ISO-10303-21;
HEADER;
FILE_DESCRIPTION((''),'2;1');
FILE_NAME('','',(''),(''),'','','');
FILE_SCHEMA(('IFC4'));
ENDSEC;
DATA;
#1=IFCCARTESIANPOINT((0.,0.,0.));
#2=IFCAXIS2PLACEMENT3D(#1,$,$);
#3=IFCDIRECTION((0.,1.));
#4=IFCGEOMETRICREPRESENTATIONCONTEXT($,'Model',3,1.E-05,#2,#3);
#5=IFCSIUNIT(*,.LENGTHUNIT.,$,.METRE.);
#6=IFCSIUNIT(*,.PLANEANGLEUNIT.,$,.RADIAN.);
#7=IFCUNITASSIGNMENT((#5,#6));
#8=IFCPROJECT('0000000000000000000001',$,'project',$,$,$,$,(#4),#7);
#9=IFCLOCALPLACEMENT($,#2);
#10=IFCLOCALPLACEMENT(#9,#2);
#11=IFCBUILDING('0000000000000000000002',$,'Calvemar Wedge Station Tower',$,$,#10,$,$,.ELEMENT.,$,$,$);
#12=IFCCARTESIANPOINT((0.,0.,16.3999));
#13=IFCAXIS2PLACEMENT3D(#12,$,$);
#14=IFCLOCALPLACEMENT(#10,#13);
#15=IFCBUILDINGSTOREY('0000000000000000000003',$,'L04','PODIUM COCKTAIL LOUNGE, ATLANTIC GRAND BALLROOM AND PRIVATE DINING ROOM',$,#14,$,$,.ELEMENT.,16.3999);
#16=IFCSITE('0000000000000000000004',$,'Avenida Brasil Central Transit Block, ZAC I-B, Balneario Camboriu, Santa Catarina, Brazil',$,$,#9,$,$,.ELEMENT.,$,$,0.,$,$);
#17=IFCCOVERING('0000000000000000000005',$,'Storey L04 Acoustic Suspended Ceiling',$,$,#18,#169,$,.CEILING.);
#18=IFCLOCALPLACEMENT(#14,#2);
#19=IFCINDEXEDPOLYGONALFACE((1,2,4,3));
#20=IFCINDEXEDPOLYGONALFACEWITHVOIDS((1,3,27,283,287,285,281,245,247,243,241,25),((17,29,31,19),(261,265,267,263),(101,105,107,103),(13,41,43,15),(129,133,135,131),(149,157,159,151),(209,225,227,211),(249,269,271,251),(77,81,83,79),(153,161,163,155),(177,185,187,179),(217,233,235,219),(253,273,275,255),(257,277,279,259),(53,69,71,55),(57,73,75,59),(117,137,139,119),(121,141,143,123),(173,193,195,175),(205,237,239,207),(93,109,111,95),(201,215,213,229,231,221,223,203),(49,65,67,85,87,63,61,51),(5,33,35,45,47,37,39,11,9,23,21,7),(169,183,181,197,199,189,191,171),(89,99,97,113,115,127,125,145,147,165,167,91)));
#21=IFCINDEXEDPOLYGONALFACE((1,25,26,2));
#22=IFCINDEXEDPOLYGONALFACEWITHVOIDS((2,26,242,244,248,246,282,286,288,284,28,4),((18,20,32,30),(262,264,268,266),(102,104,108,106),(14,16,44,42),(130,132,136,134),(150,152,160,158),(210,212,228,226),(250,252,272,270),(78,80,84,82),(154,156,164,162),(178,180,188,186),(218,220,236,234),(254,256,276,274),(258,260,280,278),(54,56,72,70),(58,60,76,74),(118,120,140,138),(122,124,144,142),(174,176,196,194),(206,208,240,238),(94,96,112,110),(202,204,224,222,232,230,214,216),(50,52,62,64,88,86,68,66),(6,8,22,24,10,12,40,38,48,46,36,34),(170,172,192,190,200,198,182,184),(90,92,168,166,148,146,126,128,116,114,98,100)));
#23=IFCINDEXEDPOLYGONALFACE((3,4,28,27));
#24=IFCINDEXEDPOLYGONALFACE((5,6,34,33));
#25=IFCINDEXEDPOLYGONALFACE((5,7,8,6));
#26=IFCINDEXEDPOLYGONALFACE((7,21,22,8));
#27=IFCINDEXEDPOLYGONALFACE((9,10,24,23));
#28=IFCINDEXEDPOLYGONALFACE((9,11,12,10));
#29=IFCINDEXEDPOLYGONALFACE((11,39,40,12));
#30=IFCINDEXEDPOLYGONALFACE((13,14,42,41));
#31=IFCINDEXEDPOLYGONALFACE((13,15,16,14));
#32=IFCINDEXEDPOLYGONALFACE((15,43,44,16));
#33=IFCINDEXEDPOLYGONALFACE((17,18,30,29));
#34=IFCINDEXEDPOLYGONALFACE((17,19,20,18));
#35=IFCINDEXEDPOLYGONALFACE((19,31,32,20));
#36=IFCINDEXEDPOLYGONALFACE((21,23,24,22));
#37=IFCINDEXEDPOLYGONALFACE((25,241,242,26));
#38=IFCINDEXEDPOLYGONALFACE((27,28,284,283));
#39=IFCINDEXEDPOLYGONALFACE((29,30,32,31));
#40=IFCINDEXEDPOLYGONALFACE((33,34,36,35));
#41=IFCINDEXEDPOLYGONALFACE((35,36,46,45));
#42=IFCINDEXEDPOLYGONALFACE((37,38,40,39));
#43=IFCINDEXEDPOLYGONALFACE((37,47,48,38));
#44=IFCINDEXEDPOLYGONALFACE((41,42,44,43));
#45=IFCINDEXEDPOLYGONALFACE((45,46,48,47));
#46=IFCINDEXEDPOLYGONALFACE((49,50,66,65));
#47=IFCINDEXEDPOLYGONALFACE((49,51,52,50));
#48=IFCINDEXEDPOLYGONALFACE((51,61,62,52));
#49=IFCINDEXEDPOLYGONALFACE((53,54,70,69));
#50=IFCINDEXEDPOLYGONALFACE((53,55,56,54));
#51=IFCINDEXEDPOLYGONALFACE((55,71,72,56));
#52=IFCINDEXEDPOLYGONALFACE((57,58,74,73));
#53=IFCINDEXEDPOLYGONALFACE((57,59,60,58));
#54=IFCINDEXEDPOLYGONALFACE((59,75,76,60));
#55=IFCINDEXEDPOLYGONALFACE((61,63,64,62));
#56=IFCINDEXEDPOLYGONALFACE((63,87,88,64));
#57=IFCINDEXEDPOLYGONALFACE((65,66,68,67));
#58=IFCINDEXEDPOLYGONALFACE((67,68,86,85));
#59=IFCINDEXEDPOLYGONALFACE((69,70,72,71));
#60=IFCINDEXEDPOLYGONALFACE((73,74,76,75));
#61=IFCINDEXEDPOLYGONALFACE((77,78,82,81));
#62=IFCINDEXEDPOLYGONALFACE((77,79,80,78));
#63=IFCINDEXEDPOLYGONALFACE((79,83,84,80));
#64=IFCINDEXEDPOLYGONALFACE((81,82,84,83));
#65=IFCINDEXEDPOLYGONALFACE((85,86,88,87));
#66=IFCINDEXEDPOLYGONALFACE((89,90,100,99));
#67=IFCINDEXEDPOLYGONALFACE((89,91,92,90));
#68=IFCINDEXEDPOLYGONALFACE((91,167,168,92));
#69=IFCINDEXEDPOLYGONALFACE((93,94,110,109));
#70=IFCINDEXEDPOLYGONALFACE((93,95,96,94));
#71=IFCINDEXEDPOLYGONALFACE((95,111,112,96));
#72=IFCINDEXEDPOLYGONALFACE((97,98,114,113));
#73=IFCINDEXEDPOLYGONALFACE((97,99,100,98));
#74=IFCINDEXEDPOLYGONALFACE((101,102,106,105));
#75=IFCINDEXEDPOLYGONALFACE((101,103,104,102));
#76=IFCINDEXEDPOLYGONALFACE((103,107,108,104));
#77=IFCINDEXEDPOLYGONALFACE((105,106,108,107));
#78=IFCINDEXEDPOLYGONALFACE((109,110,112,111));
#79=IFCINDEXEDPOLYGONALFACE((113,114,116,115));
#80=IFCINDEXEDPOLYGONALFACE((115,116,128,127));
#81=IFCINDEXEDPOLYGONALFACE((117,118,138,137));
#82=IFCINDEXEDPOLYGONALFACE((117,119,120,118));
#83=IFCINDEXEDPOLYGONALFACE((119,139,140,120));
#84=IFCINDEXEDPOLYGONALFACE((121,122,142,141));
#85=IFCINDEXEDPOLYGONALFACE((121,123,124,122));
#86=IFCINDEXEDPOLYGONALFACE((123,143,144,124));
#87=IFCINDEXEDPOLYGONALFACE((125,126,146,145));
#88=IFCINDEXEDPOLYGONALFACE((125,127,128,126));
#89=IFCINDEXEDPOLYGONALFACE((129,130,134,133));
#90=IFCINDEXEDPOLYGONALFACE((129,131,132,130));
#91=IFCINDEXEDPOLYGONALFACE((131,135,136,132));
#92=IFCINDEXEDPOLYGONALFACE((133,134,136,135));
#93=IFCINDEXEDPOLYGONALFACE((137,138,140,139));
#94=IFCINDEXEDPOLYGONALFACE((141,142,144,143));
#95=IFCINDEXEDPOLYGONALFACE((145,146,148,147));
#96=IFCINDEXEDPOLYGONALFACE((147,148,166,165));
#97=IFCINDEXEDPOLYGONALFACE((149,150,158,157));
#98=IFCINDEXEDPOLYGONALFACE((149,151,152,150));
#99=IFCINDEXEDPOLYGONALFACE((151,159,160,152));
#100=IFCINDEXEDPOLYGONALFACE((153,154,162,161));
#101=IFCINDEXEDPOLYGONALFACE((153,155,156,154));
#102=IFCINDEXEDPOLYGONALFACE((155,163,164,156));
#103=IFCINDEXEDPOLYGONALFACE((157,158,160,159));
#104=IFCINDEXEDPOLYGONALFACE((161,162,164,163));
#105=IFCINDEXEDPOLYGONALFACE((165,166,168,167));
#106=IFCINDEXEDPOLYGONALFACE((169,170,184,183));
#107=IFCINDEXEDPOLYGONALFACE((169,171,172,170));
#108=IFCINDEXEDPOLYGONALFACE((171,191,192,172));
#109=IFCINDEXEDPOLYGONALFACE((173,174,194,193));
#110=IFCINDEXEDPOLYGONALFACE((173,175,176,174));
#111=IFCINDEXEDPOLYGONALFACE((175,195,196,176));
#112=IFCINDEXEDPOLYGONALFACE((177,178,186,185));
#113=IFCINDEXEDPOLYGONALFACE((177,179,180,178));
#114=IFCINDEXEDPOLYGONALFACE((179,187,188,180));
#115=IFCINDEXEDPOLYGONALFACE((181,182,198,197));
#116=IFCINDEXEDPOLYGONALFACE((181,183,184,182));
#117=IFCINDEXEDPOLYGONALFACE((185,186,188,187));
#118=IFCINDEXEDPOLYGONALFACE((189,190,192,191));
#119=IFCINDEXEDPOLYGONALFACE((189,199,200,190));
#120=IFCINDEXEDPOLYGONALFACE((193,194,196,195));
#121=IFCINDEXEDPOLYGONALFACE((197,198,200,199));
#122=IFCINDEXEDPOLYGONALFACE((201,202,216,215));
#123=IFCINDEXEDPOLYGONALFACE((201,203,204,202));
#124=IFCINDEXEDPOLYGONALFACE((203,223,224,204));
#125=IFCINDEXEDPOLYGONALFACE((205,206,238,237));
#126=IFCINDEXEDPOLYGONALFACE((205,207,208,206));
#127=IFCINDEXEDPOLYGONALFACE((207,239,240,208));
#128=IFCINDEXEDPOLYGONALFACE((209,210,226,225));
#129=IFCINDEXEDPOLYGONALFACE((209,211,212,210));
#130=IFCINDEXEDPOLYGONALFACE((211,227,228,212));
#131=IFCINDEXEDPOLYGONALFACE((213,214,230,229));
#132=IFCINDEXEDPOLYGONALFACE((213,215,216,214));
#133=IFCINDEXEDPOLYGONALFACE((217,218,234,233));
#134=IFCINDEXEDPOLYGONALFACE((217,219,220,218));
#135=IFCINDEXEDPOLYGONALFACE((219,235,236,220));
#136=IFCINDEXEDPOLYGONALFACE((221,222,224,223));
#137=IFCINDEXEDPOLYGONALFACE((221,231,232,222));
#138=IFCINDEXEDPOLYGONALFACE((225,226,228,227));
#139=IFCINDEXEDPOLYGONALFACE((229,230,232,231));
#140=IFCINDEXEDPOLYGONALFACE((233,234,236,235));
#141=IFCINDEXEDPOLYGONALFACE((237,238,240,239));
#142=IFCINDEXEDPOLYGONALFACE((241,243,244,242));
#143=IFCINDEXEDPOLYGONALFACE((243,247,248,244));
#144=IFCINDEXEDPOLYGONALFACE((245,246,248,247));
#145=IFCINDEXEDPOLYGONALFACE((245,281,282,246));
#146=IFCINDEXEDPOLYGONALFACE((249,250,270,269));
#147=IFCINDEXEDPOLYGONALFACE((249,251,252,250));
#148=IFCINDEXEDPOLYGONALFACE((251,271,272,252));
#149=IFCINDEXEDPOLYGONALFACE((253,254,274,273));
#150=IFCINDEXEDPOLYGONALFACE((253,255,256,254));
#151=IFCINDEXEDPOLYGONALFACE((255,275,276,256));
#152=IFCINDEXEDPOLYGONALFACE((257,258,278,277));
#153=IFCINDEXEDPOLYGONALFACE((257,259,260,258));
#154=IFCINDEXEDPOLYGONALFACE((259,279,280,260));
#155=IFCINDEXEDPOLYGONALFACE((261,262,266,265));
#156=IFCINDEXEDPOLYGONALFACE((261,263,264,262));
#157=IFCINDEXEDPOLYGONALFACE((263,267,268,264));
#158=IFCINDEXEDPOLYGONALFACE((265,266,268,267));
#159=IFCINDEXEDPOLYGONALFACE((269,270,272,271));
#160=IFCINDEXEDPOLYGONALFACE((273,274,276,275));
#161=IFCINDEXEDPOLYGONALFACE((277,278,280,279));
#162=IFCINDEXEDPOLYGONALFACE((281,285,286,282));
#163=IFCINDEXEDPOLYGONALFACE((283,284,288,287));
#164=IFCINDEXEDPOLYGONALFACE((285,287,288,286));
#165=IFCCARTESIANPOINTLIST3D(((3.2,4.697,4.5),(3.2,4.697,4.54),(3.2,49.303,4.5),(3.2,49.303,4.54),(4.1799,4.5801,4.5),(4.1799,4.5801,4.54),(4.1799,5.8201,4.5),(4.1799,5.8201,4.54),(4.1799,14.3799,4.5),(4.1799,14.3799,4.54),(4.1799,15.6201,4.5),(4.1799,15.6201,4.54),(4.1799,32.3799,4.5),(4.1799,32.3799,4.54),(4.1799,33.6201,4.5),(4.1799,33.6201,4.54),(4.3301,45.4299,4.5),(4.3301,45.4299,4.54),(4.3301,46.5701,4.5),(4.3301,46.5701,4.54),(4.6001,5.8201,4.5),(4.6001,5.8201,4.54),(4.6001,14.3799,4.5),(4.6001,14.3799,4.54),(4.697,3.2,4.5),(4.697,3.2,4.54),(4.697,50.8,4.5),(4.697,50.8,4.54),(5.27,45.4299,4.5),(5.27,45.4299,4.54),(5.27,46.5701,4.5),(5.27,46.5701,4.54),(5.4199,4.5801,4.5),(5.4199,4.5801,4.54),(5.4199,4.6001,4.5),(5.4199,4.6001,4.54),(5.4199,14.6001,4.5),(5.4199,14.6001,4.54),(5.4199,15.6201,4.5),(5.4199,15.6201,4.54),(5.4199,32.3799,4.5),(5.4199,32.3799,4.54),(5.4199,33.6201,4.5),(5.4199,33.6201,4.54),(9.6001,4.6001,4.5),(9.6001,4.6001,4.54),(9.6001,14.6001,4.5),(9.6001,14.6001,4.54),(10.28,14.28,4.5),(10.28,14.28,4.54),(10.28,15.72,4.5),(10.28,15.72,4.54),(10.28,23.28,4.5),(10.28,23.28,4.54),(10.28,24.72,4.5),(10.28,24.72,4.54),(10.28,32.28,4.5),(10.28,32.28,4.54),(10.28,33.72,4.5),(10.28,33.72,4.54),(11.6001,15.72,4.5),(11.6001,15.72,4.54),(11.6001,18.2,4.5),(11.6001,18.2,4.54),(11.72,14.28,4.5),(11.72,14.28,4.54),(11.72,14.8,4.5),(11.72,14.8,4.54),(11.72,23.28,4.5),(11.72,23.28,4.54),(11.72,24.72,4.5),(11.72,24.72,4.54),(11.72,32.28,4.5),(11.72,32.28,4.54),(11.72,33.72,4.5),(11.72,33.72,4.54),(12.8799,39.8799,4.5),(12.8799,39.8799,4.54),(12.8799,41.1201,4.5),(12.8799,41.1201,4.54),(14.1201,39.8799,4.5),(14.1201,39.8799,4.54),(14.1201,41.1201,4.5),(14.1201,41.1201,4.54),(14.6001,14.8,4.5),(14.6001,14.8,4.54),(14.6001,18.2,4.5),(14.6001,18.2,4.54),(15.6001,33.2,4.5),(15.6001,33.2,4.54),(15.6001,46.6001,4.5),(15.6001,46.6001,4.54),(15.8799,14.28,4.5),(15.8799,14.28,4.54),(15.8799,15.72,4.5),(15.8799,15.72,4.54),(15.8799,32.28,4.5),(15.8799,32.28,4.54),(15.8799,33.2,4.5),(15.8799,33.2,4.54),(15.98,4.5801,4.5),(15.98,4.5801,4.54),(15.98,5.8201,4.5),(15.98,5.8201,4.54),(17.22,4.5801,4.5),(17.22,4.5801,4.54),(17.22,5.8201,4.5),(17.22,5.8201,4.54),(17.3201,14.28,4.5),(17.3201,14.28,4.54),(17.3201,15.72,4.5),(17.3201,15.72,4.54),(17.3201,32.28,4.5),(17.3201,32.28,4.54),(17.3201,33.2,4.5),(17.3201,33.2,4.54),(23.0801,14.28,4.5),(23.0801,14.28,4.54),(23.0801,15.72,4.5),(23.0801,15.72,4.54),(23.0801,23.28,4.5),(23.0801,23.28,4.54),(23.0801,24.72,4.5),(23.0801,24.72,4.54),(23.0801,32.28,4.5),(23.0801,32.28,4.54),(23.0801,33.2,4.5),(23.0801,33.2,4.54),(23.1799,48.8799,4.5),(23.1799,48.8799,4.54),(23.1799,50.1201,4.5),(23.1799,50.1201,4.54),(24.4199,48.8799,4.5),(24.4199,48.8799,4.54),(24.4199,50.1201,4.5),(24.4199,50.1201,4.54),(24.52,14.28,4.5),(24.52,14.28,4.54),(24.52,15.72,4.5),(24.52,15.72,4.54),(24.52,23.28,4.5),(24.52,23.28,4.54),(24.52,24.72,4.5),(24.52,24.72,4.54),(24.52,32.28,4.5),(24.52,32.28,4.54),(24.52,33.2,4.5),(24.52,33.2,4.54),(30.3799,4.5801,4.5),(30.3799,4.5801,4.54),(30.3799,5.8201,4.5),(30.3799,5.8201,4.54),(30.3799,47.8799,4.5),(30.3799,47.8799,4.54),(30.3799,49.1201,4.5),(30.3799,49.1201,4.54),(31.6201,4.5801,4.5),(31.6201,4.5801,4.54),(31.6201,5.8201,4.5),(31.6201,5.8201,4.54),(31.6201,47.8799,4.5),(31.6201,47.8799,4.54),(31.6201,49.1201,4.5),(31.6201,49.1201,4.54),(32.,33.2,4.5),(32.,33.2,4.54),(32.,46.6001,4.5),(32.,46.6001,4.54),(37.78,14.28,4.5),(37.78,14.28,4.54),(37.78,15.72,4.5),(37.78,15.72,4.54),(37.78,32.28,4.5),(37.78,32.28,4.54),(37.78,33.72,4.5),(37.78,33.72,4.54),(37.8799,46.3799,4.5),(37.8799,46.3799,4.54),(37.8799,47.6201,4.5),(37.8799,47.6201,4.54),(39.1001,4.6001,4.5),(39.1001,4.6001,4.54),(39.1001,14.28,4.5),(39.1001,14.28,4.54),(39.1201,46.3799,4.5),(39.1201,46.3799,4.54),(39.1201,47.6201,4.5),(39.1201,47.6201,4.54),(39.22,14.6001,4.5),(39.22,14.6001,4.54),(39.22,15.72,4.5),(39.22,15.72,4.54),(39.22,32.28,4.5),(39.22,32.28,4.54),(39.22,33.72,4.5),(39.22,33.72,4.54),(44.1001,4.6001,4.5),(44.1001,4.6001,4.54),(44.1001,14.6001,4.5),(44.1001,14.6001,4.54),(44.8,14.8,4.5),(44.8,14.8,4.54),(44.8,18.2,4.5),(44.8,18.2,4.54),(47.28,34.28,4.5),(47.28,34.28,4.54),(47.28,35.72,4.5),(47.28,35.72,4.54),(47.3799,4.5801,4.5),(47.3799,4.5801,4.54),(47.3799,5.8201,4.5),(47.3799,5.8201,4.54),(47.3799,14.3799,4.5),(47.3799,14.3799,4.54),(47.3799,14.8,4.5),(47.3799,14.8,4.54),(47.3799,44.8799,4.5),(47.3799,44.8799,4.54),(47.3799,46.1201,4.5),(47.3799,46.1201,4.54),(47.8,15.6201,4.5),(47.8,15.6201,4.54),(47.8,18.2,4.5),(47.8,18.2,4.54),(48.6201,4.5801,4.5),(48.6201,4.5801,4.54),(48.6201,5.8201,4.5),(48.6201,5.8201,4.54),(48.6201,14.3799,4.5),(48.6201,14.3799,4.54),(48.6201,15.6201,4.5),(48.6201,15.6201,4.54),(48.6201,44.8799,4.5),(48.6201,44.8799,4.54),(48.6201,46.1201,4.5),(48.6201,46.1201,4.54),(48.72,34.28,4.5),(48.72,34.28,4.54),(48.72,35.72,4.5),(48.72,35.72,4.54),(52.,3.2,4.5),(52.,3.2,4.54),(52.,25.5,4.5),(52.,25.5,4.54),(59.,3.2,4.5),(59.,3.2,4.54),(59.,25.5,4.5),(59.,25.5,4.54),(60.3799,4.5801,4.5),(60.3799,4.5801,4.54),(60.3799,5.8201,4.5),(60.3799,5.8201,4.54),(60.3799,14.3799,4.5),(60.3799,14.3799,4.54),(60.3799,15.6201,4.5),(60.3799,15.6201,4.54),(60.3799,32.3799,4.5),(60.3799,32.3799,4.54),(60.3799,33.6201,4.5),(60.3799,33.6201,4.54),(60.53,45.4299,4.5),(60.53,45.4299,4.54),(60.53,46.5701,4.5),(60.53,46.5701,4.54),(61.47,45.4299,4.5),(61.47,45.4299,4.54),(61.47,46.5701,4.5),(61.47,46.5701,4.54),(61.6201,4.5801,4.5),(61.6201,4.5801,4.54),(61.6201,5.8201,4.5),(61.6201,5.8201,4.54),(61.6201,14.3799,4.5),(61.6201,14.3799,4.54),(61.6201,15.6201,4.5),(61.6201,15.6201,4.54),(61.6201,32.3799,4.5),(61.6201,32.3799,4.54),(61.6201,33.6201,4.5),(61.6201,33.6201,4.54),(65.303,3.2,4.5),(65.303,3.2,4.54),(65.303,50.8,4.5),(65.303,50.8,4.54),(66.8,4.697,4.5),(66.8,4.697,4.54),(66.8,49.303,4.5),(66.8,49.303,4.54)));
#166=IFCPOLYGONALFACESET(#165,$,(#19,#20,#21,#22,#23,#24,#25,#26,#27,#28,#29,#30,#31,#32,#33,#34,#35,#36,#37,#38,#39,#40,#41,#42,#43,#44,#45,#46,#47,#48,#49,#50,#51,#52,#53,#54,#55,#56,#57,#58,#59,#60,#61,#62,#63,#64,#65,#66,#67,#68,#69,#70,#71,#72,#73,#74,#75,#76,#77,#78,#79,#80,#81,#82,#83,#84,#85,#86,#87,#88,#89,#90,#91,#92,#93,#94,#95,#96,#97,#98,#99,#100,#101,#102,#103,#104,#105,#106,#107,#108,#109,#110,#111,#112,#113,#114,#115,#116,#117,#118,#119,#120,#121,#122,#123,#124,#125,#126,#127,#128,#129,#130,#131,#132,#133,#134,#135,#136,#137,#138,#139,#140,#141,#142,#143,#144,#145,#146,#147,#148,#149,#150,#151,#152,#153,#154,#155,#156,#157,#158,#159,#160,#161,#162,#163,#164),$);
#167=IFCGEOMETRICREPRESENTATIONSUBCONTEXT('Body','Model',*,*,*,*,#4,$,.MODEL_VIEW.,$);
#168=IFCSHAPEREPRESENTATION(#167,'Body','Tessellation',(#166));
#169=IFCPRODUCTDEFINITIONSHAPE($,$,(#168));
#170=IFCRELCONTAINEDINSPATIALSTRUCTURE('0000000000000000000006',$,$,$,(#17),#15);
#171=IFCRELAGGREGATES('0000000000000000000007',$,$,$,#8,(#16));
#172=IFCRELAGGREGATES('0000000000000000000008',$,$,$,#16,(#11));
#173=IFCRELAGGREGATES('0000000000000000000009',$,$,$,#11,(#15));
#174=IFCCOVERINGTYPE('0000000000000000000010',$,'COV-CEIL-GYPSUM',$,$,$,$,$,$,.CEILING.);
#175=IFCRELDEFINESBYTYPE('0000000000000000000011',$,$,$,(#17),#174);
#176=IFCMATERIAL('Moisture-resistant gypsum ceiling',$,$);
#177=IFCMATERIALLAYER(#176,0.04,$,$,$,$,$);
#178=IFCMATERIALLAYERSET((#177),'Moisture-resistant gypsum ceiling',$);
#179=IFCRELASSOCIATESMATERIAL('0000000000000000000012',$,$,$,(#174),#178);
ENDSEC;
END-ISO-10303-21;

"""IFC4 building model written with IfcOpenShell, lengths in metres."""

from ifc_helpers import new_model, si_unit, direction, frame, origin, place, context, subcontext, project, spatial, polyline, outline, extrude, material, layer, layer_set, type_object, element, save


model = new_model("IFC4")

# Units and contexts
model_context = context("Model", 3, precision=1e-05, world=origin(), true_north=direction((0.0, 1.0)))
body_context = subcontext(model_context, "Body", "Model", "MODEL_VIEW")
ifc_project = project(units=[si_unit("LENGTHUNIT", "METRE"), si_unit("PLANEANGLEUNIT", "RADIAN")], contexts=[model_context])

# Site, building, storey
site_placement = place(None, origin())
site = spatial("IfcSite", under=ifc_project, at=site_placement, Name="Avenida Brasil Central Transit Block, ZAC I-B, Balneario Camboriu, Santa Catarina, Brazil", CompositionType="ELEMENT", RefElevation=0.0)
building_placement = place(site_placement, origin())
building = spatial("IfcBuilding", under=site, at=building_placement, Name="Calvemar Wedge Station Tower", CompositionType="ELEMENT")
storey_placement = place(building_placement, frame((0.0, 0.0, 16.3999)))
storey = spatial("IfcBuildingStorey", under=building, at=storey_placement, Name="L04", Description="PODIUM COCKTAIL LOUNGE, ATLANTIC GRAND BALLROOM AND PRIVATE DINING ROOM", CompositionType="ELEMENT", Elevation=16.3999)

# Covering
ifc_material_1 = material(Name="Moisture-resistant gypsum ceiling")
ifc_layer_1 = layer(ifc_material_1, 0.04)
ifc_layer_set_1 = layer_set([ifc_layer_1], Name="Moisture-resistant gypsum ceiling")
covering_type_1 = type_object("IfcCoveringType", Name="COV-CEIL-GYPSUM", PredefinedType="CEILING", material=ifc_layer_set_1)
covering_1_placement = place(storey_placement, frame((0.0, 0.0, 4.5)))
element("IfcCovering", 1, at=covering_1_placement, inside=storey, type_object=covering_type_1, Name="Storey L04 Acoustic Suspended Ceiling", PredefinedType="CEILING", context=body_context, shape_type="SweptSolid", body=[
    extrude(outline(polyline([(65.303, 50.8), (4.697, 50.8), (3.2, 49.303), (3.2, 4.697), (4.697, 3.2), (52.0, 3.2), (52.0, 25.5), (59.0, 25.5), (59.0, 3.2), (65.303, 3.2), (66.8, 4.697), (66.8, 49.303), (65.303, 50.8)]), holes=[polyline([(15.6001, 46.6001), (32.0, 46.6001), (32.0, 33.2), (24.52, 33.2), (24.52, 32.28), (23.0801, 32.28), (23.0801, 33.2), (17.3201, 33.2), (17.3201, 32.28), (15.8799, 32.28), (15.8799, 33.2), (15.6001, 33.2), (15.6001, 46.6001)]), polyline([(4.6001, 14.3799), (4.1799, 14.3799), (4.1799, 15.6201), (5.4199, 15.6201), (5.4199, 14.6001), (9.6001, 14.6001), (9.6001, 4.6001), (5.4199, 4.6001), (5.4199, 4.5801), (4.1799, 4.5801), (4.1799, 5.8201), (4.6001, 5.8201), (4.6001, 14.3799)]), polyline([(39.22, 14.6001), (44.1001, 14.6001), (44.1001, 4.6001), (39.1001, 4.6001), (39.1001, 14.28), (37.78, 14.28), (37.78, 15.72), (39.22, 15.72), (39.22, 14.6001)]), polyline([(11.72, 14.28), (10.28, 14.28), (10.28, 15.72), (11.6001, 15.72), (11.6001, 18.2), (14.6001, 18.2), (14.6001, 14.8), (11.72, 14.8), (11.72, 14.28)]), polyline([(44.8, 14.8), (44.8, 18.2), (47.8, 18.2), (47.8, 15.6201), (48.6201, 15.6201), (48.6201, 14.3799), (47.3799, 14.3799), (47.3799, 14.8), (44.8, 14.8)]), polyline([(15.98, 5.8201), (17.22, 5.8201), (17.22, 4.5801), (15.98, 4.5801), (15.98, 5.8201)]), polyline([(31.6201, 5.8201), (31.6201, 4.5801), (30.3799, 4.5801), (30.3799, 5.8201), (31.6201, 5.8201)]), polyline([(48.6201, 4.5801), (47.3799, 4.5801), (47.3799, 5.8201), (48.6201, 5.8201), (48.6201, 4.5801)]), polyline([(60.3799, 4.5801), (60.3799, 5.8201), (61.6201, 5.8201), (61.6201, 4.5801), (60.3799, 4.5801)]), polyline([(17.3201, 14.28), (15.8799, 14.28), (15.8799, 15.72), (17.3201, 15.72), (17.3201, 14.28)]), polyline([(23.0801, 14.28), (23.0801, 15.72), (24.52, 15.72), (24.52, 14.28), (23.0801, 14.28)]), polyline([(61.6201, 14.3799), (60.3799, 14.3799), (60.3799, 15.6201), (61.6201, 15.6201), (61.6201, 14.3799)]), polyline([(10.28, 23.28), (10.28, 24.72), (11.72, 24.72), (11.72, 23.28), (10.28, 23.28)]), polyline([(23.0801, 24.72), (24.52, 24.72), (24.52, 23.28), (23.0801, 23.28), (23.0801, 24.72)]), polyline([(5.4199, 33.6201), (5.4199, 32.3799), (4.1799, 32.3799), (4.1799, 33.6201), (5.4199, 33.6201)]), polyline([(11.72, 32.28), (10.28, 32.28), (10.28, 33.72), (11.72, 33.72), (11.72, 32.28)]), polyline([(39.22, 33.72), (39.22, 32.28), (37.78, 32.28), (37.78, 33.72), (39.22, 33.72)]), polyline([(48.72, 34.28), (47.28, 34.28), (47.28, 35.72), (48.72, 35.72), (48.72, 34.28)]), polyline([(60.3799, 32.3799), (60.3799, 33.6201), (61.6201, 33.6201), (61.6201, 32.3799), (60.3799, 32.3799)]), polyline([(4.3301, 46.5701), (5.27, 46.5701), (5.27, 45.4299), (4.3301, 45.4299), (4.3301, 46.5701)]), polyline([(14.1201, 41.1201), (14.1201, 39.8799), (12.8799, 39.8799), (12.8799, 41.1201), (14.1201, 41.1201)]), polyline([(24.4199, 48.8799), (23.1799, 48.8799), (23.1799, 50.1201), (24.4199, 50.1201), (24.4199, 48.8799)]), polyline([(30.3799, 47.8799), (30.3799, 49.1201), (31.6201, 49.1201), (31.6201, 47.8799), (30.3799, 47.8799)]), polyline([(37.8799, 47.6201), (39.1201, 47.6201), (39.1201, 46.3799), (37.8799, 46.3799), (37.8799, 47.6201)]), polyline([(48.6201, 46.1201), (48.6201, 44.8799), (47.3799, 44.8799), (47.3799, 46.1201), (48.6201, 46.1201)]), polyline([(61.47, 45.4299), (60.53, 45.4299), (60.53, 46.5701), (61.47, 46.5701), (61.47, 45.4299)])]), origin(), (0.0, 0.0, 1.0), 0.04),
])

save(model, "model.ifc")
